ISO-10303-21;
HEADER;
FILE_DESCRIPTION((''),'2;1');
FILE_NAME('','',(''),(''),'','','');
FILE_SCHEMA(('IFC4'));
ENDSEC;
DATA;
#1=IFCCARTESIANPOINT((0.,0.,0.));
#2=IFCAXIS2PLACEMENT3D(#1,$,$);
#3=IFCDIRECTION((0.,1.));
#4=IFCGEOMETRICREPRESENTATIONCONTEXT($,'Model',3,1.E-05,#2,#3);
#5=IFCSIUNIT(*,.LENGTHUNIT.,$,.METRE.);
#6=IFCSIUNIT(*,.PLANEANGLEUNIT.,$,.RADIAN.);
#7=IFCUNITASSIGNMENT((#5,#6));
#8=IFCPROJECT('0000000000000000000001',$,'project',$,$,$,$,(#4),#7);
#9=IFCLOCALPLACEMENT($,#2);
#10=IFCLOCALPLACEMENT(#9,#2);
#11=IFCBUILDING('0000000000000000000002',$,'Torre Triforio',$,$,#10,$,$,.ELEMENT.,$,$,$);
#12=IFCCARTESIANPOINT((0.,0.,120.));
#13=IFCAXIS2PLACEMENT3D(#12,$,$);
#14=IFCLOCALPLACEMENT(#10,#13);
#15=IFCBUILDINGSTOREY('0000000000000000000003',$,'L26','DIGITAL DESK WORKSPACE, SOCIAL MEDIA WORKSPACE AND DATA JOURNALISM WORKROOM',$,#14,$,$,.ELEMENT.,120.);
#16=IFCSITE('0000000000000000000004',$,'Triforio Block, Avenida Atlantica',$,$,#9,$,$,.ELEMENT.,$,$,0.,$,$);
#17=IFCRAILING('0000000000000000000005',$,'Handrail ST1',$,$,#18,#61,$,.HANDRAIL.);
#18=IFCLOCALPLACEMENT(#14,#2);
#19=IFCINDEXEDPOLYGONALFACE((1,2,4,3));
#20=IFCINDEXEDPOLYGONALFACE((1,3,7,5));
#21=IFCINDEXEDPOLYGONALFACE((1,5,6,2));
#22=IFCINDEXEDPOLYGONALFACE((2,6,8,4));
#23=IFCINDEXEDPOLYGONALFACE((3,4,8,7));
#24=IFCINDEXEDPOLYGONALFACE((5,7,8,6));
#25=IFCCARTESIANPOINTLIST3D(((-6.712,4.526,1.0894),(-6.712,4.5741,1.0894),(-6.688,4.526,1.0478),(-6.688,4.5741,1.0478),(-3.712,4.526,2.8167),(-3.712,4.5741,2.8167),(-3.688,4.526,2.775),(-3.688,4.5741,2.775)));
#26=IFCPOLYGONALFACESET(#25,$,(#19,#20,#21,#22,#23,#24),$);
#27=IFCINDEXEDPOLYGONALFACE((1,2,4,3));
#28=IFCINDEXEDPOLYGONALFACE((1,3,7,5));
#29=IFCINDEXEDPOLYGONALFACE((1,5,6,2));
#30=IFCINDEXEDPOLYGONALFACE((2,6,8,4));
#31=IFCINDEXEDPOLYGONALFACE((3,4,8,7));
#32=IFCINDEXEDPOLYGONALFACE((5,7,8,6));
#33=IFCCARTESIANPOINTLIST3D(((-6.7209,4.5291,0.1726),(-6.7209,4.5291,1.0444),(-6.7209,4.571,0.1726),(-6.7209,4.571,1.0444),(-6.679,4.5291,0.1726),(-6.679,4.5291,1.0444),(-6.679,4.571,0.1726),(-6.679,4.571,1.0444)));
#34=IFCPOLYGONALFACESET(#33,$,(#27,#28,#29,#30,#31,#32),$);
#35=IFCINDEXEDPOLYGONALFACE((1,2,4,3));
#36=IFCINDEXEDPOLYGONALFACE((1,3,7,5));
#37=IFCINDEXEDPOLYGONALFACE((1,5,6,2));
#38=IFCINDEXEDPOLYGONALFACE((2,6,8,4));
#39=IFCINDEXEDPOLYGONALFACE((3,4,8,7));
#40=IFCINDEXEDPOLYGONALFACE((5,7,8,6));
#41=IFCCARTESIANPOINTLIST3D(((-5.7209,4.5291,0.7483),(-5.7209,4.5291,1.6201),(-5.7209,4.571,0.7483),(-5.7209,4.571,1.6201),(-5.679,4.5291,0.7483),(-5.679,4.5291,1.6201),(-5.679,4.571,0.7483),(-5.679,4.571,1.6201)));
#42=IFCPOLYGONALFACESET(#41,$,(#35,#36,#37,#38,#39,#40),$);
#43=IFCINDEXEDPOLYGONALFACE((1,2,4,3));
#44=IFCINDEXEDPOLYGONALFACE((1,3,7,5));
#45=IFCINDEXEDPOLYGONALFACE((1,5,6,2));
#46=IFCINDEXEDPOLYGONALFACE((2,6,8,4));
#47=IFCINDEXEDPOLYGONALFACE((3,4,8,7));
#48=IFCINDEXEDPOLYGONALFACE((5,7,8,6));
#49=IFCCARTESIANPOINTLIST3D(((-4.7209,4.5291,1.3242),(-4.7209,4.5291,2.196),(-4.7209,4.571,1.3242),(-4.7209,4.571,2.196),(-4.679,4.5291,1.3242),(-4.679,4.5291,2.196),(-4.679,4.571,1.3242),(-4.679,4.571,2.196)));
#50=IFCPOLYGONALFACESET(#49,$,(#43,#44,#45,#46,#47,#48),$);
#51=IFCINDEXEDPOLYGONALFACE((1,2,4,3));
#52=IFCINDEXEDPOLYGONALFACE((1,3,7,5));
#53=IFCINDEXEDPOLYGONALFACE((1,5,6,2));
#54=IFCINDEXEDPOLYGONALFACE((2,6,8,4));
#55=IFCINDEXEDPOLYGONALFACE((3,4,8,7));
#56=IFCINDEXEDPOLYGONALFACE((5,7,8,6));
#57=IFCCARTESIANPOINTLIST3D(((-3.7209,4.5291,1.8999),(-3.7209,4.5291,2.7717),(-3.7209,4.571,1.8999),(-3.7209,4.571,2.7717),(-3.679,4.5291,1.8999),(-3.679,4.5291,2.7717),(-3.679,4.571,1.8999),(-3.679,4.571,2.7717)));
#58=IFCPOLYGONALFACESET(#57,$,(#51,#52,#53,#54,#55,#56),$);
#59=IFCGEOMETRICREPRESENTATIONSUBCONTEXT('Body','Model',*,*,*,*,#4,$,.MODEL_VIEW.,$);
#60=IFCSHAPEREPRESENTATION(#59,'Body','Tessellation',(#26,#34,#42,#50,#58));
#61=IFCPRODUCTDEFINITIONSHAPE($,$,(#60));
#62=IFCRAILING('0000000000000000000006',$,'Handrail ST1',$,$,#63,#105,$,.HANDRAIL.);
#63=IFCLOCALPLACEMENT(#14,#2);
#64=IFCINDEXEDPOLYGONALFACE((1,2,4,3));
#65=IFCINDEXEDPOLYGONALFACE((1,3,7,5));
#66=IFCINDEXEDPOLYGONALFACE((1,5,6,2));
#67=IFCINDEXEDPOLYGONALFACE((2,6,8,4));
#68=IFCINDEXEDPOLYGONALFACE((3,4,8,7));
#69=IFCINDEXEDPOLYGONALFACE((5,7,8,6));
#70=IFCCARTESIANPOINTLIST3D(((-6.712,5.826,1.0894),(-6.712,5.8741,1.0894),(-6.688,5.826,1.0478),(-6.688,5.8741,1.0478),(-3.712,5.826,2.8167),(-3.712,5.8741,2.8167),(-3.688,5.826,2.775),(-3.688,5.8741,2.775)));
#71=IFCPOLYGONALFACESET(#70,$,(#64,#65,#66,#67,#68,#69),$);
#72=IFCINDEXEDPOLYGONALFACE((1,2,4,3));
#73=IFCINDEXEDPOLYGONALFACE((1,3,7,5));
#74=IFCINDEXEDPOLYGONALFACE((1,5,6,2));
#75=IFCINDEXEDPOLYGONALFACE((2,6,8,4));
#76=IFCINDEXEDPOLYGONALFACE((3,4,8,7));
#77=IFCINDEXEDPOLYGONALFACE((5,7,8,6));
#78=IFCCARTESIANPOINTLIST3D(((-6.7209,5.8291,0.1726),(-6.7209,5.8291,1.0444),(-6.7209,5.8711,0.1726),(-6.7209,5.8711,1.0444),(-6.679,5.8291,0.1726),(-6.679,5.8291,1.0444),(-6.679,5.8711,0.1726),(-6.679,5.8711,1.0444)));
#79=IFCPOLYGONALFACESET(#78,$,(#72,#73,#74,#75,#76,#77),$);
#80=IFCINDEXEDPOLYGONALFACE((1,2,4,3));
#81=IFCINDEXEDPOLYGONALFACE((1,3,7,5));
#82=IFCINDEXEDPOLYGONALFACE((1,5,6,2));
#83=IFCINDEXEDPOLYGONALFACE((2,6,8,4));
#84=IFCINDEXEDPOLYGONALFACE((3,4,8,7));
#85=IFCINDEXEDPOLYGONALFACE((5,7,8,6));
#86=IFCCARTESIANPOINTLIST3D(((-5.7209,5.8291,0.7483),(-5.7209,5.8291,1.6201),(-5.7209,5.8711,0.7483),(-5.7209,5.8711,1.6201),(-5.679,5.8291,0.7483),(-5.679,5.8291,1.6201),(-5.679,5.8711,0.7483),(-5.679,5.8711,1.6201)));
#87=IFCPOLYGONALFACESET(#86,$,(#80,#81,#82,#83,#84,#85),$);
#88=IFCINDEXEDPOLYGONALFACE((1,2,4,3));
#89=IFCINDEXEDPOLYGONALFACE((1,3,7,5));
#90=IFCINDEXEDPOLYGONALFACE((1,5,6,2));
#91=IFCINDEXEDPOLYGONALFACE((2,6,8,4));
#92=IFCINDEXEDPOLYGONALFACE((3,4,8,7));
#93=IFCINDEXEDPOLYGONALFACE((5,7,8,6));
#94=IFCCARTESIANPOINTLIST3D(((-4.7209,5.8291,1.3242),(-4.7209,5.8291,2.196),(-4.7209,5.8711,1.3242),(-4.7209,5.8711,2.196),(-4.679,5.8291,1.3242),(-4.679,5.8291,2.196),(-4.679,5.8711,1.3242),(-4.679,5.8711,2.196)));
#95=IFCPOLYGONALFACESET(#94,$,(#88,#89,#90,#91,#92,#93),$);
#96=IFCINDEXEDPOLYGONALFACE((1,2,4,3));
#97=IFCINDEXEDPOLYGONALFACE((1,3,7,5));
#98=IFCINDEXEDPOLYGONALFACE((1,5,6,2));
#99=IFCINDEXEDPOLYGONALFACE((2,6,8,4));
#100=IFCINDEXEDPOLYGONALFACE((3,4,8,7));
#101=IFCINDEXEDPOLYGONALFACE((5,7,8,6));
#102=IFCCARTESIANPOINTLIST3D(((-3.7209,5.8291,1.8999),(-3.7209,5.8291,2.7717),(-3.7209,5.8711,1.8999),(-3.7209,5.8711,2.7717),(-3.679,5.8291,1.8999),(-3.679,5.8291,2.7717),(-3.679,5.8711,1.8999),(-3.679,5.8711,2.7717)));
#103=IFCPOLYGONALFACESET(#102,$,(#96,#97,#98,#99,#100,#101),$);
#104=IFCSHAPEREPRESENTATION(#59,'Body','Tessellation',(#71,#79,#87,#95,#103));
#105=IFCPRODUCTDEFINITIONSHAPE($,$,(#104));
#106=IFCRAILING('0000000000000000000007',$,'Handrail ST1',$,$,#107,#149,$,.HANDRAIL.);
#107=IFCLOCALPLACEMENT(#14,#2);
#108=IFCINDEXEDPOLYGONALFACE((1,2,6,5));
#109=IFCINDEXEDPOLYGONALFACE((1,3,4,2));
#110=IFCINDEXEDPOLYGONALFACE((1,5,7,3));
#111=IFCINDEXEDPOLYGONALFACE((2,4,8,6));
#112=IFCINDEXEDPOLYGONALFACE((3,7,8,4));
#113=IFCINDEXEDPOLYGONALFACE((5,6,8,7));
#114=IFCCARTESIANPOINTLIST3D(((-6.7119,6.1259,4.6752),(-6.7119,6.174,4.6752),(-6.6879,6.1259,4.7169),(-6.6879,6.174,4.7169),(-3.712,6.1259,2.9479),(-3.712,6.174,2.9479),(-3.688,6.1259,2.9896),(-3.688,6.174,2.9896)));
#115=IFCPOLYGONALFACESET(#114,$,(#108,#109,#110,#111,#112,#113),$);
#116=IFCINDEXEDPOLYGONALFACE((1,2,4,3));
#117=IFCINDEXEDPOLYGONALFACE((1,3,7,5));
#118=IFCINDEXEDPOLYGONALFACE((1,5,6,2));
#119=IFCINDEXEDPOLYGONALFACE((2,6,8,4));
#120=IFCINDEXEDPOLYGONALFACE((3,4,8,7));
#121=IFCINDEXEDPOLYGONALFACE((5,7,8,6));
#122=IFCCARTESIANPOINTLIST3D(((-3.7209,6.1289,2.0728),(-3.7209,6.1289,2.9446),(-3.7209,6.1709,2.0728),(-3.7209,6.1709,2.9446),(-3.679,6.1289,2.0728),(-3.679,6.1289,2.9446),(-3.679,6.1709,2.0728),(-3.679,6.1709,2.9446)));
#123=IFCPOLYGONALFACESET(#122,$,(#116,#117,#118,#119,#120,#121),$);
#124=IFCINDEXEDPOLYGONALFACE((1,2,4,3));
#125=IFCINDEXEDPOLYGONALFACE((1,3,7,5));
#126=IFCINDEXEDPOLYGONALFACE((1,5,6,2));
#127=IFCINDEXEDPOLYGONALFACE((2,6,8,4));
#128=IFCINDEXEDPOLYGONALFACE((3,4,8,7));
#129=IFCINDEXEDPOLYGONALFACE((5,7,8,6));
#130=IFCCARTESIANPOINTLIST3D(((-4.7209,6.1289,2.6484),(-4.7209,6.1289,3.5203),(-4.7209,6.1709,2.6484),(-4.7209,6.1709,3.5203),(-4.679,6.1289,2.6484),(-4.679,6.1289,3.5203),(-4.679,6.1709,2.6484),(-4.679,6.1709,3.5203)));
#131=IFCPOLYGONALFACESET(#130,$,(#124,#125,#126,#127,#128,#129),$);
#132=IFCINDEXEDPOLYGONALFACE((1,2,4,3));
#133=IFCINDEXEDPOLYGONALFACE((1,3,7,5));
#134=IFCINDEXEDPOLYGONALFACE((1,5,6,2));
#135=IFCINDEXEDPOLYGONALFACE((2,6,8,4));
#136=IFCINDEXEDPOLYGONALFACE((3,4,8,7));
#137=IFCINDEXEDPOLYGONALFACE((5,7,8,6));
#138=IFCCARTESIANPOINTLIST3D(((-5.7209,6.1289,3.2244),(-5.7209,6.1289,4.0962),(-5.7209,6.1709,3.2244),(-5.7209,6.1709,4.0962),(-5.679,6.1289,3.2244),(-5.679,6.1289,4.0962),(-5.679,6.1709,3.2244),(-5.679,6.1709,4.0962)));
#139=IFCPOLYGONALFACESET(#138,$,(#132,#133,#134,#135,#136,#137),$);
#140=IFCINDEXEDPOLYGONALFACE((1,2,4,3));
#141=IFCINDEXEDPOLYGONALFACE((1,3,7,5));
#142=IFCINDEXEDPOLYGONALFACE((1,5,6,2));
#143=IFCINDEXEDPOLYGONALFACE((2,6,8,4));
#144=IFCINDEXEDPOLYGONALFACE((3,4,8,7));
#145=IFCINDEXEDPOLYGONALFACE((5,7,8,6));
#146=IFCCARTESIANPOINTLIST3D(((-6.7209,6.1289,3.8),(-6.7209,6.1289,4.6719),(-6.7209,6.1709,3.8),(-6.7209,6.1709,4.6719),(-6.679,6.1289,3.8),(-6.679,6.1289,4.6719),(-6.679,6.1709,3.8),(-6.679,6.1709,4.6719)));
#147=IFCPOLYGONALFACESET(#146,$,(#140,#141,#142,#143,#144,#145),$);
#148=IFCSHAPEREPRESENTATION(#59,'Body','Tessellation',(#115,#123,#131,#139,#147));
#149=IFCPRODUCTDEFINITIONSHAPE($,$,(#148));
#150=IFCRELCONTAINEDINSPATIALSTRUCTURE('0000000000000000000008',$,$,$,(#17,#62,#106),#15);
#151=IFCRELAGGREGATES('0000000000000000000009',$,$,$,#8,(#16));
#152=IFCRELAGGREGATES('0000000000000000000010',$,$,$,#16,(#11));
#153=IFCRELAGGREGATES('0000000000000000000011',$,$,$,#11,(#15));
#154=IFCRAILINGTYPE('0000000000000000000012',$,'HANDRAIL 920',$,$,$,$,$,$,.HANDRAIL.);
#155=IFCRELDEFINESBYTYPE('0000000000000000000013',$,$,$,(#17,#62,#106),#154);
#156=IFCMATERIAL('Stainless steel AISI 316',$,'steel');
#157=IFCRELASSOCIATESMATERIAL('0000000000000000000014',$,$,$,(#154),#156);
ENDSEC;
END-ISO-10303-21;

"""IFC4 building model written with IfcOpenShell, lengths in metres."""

from ifc_helpers import new_model, si_unit, direction, frame, origin, origin_2d, place, context, subcontext, project, spatial, rectangle, extrude, material, type_object, element, save


model = new_model("IFC4")

# Units and contexts
model_context = context("Model", 3, precision=1e-05, world=origin(), true_north=direction((0.0, 1.0)))
body_context = subcontext(model_context, "Body", "Model", "MODEL_VIEW")
ifc_project = project(units=[si_unit("LENGTHUNIT", "METRE"), si_unit("PLANEANGLEUNIT", "RADIAN")], contexts=[model_context])

# Site, building, storey
site_placement = place(None, origin())
site = spatial("IfcSite", under=ifc_project, at=site_placement, Name="Triforio Block, Avenida Atlantica", CompositionType="ELEMENT", RefElevation=0.0)
building_placement = place(site_placement, origin())
building = spatial("IfcBuilding", under=site, at=building_placement, Name="Torre Triforio", CompositionType="ELEMENT")
storey_placement = place(building_placement, frame((0.0, 0.0, 120.0)))
storey = spatial("IfcBuildingStorey", under=building, at=storey_placement, Name="L26", Description="DIGITAL DESK WORKSPACE, SOCIAL MEDIA WORKSPACE AND DATA JOURNALISM WORKROOM", CompositionType="ELEMENT", Elevation=120.0)

# Railings
ifc_material_1 = material(Name="Stainless steel AISI 316", Category="steel")
railing_type = type_object("IfcRailingType", Name="HANDRAIL 920", PredefinedType="HANDRAIL", material=ifc_material_1)
for number, where, name in (
    (1, (-6.7, 4.55, 0.1726), "Handrail ST1"),
    (2, (-6.7, 5.8501, 0.1726), "Handrail ST1"),
):
    element("IfcRailing", number, at=place(storey_placement, frame(where)), inside=storey, type_object=railing_type, Name=name, PredefinedType="HANDRAIL", context=body_context, shape_type="SweptSolid", body=[
        extrude(rectangle(XDim=0.0481, YDim=0.0481, at=origin_2d()), frame((0.0, 0.0, 0.896), z_axis=(0.86662, 0.0, 0.498969), x_axis=(0.0, 1.0, 0.0)), (0.0, 0.0, 1.0), 3.4617),
        extrude(rectangle(XDim=0.042, YDim=0.042, at=origin_2d()), origin(), (0.0, 0.0, 1.0), 0.8718),
        extrude(rectangle(XDim=0.042, YDim=0.042, at=origin_2d()), frame((1.0, 0.0, 0.5757)), (0.0, 0.0, 1.0), 0.8718),
        extrude(rectangle(XDim=0.042, YDim=0.042, at=origin_2d()), frame((2.0, 0.0, 1.1516)), (0.0, 0.0, 1.0), 0.8718),
        extrude(rectangle(XDim=0.042, YDim=0.042, at=origin_2d()), frame((3.0, 0.0, 1.7273)), (0.0, 0.0, 1.0), 0.8718),
    ])
railing_placement = place(storey_placement, frame((-3.7, 6.1499, 2.0728)))
element("IfcRailing", 3, at=railing_placement, inside=storey, type_object=railing_type, Name="Handrail ST1", PredefinedType="HANDRAIL", context=body_context, shape_type="SweptSolid", body=[
    extrude(rectangle(XDim=0.0481, YDim=0.0481, at=origin_2d()), frame((0.0, 0.0, 0.896), z_axis=(-0.86662, 0.0, 0.498969), x_axis=(0.0, -1.0, 0.0)), (0.0, 0.0, 1.0), 3.4617),
    extrude(rectangle(XDim=0.042, YDim=0.042, at=origin_2d()), origin(), (0.0, 0.0, 1.0), 0.8718),
    extrude(rectangle(XDim=0.042, YDim=0.042, at=origin_2d()), frame((-1.0, 0.0, 0.5757)), (0.0, 0.0, 1.0), 0.8718),
    extrude(rectangle(XDim=0.042, YDim=0.042, at=origin_2d()), frame((-2.0, 0.0, 1.1516)), (0.0, 0.0, 1.0), 0.8718),
    extrude(rectangle(XDim=0.042, YDim=0.042, at=origin_2d()), frame((-3.0, 0.0, 1.7273)), (0.0, 0.0, 1.0), 0.8718),
])

save(model, "model.ifc")
